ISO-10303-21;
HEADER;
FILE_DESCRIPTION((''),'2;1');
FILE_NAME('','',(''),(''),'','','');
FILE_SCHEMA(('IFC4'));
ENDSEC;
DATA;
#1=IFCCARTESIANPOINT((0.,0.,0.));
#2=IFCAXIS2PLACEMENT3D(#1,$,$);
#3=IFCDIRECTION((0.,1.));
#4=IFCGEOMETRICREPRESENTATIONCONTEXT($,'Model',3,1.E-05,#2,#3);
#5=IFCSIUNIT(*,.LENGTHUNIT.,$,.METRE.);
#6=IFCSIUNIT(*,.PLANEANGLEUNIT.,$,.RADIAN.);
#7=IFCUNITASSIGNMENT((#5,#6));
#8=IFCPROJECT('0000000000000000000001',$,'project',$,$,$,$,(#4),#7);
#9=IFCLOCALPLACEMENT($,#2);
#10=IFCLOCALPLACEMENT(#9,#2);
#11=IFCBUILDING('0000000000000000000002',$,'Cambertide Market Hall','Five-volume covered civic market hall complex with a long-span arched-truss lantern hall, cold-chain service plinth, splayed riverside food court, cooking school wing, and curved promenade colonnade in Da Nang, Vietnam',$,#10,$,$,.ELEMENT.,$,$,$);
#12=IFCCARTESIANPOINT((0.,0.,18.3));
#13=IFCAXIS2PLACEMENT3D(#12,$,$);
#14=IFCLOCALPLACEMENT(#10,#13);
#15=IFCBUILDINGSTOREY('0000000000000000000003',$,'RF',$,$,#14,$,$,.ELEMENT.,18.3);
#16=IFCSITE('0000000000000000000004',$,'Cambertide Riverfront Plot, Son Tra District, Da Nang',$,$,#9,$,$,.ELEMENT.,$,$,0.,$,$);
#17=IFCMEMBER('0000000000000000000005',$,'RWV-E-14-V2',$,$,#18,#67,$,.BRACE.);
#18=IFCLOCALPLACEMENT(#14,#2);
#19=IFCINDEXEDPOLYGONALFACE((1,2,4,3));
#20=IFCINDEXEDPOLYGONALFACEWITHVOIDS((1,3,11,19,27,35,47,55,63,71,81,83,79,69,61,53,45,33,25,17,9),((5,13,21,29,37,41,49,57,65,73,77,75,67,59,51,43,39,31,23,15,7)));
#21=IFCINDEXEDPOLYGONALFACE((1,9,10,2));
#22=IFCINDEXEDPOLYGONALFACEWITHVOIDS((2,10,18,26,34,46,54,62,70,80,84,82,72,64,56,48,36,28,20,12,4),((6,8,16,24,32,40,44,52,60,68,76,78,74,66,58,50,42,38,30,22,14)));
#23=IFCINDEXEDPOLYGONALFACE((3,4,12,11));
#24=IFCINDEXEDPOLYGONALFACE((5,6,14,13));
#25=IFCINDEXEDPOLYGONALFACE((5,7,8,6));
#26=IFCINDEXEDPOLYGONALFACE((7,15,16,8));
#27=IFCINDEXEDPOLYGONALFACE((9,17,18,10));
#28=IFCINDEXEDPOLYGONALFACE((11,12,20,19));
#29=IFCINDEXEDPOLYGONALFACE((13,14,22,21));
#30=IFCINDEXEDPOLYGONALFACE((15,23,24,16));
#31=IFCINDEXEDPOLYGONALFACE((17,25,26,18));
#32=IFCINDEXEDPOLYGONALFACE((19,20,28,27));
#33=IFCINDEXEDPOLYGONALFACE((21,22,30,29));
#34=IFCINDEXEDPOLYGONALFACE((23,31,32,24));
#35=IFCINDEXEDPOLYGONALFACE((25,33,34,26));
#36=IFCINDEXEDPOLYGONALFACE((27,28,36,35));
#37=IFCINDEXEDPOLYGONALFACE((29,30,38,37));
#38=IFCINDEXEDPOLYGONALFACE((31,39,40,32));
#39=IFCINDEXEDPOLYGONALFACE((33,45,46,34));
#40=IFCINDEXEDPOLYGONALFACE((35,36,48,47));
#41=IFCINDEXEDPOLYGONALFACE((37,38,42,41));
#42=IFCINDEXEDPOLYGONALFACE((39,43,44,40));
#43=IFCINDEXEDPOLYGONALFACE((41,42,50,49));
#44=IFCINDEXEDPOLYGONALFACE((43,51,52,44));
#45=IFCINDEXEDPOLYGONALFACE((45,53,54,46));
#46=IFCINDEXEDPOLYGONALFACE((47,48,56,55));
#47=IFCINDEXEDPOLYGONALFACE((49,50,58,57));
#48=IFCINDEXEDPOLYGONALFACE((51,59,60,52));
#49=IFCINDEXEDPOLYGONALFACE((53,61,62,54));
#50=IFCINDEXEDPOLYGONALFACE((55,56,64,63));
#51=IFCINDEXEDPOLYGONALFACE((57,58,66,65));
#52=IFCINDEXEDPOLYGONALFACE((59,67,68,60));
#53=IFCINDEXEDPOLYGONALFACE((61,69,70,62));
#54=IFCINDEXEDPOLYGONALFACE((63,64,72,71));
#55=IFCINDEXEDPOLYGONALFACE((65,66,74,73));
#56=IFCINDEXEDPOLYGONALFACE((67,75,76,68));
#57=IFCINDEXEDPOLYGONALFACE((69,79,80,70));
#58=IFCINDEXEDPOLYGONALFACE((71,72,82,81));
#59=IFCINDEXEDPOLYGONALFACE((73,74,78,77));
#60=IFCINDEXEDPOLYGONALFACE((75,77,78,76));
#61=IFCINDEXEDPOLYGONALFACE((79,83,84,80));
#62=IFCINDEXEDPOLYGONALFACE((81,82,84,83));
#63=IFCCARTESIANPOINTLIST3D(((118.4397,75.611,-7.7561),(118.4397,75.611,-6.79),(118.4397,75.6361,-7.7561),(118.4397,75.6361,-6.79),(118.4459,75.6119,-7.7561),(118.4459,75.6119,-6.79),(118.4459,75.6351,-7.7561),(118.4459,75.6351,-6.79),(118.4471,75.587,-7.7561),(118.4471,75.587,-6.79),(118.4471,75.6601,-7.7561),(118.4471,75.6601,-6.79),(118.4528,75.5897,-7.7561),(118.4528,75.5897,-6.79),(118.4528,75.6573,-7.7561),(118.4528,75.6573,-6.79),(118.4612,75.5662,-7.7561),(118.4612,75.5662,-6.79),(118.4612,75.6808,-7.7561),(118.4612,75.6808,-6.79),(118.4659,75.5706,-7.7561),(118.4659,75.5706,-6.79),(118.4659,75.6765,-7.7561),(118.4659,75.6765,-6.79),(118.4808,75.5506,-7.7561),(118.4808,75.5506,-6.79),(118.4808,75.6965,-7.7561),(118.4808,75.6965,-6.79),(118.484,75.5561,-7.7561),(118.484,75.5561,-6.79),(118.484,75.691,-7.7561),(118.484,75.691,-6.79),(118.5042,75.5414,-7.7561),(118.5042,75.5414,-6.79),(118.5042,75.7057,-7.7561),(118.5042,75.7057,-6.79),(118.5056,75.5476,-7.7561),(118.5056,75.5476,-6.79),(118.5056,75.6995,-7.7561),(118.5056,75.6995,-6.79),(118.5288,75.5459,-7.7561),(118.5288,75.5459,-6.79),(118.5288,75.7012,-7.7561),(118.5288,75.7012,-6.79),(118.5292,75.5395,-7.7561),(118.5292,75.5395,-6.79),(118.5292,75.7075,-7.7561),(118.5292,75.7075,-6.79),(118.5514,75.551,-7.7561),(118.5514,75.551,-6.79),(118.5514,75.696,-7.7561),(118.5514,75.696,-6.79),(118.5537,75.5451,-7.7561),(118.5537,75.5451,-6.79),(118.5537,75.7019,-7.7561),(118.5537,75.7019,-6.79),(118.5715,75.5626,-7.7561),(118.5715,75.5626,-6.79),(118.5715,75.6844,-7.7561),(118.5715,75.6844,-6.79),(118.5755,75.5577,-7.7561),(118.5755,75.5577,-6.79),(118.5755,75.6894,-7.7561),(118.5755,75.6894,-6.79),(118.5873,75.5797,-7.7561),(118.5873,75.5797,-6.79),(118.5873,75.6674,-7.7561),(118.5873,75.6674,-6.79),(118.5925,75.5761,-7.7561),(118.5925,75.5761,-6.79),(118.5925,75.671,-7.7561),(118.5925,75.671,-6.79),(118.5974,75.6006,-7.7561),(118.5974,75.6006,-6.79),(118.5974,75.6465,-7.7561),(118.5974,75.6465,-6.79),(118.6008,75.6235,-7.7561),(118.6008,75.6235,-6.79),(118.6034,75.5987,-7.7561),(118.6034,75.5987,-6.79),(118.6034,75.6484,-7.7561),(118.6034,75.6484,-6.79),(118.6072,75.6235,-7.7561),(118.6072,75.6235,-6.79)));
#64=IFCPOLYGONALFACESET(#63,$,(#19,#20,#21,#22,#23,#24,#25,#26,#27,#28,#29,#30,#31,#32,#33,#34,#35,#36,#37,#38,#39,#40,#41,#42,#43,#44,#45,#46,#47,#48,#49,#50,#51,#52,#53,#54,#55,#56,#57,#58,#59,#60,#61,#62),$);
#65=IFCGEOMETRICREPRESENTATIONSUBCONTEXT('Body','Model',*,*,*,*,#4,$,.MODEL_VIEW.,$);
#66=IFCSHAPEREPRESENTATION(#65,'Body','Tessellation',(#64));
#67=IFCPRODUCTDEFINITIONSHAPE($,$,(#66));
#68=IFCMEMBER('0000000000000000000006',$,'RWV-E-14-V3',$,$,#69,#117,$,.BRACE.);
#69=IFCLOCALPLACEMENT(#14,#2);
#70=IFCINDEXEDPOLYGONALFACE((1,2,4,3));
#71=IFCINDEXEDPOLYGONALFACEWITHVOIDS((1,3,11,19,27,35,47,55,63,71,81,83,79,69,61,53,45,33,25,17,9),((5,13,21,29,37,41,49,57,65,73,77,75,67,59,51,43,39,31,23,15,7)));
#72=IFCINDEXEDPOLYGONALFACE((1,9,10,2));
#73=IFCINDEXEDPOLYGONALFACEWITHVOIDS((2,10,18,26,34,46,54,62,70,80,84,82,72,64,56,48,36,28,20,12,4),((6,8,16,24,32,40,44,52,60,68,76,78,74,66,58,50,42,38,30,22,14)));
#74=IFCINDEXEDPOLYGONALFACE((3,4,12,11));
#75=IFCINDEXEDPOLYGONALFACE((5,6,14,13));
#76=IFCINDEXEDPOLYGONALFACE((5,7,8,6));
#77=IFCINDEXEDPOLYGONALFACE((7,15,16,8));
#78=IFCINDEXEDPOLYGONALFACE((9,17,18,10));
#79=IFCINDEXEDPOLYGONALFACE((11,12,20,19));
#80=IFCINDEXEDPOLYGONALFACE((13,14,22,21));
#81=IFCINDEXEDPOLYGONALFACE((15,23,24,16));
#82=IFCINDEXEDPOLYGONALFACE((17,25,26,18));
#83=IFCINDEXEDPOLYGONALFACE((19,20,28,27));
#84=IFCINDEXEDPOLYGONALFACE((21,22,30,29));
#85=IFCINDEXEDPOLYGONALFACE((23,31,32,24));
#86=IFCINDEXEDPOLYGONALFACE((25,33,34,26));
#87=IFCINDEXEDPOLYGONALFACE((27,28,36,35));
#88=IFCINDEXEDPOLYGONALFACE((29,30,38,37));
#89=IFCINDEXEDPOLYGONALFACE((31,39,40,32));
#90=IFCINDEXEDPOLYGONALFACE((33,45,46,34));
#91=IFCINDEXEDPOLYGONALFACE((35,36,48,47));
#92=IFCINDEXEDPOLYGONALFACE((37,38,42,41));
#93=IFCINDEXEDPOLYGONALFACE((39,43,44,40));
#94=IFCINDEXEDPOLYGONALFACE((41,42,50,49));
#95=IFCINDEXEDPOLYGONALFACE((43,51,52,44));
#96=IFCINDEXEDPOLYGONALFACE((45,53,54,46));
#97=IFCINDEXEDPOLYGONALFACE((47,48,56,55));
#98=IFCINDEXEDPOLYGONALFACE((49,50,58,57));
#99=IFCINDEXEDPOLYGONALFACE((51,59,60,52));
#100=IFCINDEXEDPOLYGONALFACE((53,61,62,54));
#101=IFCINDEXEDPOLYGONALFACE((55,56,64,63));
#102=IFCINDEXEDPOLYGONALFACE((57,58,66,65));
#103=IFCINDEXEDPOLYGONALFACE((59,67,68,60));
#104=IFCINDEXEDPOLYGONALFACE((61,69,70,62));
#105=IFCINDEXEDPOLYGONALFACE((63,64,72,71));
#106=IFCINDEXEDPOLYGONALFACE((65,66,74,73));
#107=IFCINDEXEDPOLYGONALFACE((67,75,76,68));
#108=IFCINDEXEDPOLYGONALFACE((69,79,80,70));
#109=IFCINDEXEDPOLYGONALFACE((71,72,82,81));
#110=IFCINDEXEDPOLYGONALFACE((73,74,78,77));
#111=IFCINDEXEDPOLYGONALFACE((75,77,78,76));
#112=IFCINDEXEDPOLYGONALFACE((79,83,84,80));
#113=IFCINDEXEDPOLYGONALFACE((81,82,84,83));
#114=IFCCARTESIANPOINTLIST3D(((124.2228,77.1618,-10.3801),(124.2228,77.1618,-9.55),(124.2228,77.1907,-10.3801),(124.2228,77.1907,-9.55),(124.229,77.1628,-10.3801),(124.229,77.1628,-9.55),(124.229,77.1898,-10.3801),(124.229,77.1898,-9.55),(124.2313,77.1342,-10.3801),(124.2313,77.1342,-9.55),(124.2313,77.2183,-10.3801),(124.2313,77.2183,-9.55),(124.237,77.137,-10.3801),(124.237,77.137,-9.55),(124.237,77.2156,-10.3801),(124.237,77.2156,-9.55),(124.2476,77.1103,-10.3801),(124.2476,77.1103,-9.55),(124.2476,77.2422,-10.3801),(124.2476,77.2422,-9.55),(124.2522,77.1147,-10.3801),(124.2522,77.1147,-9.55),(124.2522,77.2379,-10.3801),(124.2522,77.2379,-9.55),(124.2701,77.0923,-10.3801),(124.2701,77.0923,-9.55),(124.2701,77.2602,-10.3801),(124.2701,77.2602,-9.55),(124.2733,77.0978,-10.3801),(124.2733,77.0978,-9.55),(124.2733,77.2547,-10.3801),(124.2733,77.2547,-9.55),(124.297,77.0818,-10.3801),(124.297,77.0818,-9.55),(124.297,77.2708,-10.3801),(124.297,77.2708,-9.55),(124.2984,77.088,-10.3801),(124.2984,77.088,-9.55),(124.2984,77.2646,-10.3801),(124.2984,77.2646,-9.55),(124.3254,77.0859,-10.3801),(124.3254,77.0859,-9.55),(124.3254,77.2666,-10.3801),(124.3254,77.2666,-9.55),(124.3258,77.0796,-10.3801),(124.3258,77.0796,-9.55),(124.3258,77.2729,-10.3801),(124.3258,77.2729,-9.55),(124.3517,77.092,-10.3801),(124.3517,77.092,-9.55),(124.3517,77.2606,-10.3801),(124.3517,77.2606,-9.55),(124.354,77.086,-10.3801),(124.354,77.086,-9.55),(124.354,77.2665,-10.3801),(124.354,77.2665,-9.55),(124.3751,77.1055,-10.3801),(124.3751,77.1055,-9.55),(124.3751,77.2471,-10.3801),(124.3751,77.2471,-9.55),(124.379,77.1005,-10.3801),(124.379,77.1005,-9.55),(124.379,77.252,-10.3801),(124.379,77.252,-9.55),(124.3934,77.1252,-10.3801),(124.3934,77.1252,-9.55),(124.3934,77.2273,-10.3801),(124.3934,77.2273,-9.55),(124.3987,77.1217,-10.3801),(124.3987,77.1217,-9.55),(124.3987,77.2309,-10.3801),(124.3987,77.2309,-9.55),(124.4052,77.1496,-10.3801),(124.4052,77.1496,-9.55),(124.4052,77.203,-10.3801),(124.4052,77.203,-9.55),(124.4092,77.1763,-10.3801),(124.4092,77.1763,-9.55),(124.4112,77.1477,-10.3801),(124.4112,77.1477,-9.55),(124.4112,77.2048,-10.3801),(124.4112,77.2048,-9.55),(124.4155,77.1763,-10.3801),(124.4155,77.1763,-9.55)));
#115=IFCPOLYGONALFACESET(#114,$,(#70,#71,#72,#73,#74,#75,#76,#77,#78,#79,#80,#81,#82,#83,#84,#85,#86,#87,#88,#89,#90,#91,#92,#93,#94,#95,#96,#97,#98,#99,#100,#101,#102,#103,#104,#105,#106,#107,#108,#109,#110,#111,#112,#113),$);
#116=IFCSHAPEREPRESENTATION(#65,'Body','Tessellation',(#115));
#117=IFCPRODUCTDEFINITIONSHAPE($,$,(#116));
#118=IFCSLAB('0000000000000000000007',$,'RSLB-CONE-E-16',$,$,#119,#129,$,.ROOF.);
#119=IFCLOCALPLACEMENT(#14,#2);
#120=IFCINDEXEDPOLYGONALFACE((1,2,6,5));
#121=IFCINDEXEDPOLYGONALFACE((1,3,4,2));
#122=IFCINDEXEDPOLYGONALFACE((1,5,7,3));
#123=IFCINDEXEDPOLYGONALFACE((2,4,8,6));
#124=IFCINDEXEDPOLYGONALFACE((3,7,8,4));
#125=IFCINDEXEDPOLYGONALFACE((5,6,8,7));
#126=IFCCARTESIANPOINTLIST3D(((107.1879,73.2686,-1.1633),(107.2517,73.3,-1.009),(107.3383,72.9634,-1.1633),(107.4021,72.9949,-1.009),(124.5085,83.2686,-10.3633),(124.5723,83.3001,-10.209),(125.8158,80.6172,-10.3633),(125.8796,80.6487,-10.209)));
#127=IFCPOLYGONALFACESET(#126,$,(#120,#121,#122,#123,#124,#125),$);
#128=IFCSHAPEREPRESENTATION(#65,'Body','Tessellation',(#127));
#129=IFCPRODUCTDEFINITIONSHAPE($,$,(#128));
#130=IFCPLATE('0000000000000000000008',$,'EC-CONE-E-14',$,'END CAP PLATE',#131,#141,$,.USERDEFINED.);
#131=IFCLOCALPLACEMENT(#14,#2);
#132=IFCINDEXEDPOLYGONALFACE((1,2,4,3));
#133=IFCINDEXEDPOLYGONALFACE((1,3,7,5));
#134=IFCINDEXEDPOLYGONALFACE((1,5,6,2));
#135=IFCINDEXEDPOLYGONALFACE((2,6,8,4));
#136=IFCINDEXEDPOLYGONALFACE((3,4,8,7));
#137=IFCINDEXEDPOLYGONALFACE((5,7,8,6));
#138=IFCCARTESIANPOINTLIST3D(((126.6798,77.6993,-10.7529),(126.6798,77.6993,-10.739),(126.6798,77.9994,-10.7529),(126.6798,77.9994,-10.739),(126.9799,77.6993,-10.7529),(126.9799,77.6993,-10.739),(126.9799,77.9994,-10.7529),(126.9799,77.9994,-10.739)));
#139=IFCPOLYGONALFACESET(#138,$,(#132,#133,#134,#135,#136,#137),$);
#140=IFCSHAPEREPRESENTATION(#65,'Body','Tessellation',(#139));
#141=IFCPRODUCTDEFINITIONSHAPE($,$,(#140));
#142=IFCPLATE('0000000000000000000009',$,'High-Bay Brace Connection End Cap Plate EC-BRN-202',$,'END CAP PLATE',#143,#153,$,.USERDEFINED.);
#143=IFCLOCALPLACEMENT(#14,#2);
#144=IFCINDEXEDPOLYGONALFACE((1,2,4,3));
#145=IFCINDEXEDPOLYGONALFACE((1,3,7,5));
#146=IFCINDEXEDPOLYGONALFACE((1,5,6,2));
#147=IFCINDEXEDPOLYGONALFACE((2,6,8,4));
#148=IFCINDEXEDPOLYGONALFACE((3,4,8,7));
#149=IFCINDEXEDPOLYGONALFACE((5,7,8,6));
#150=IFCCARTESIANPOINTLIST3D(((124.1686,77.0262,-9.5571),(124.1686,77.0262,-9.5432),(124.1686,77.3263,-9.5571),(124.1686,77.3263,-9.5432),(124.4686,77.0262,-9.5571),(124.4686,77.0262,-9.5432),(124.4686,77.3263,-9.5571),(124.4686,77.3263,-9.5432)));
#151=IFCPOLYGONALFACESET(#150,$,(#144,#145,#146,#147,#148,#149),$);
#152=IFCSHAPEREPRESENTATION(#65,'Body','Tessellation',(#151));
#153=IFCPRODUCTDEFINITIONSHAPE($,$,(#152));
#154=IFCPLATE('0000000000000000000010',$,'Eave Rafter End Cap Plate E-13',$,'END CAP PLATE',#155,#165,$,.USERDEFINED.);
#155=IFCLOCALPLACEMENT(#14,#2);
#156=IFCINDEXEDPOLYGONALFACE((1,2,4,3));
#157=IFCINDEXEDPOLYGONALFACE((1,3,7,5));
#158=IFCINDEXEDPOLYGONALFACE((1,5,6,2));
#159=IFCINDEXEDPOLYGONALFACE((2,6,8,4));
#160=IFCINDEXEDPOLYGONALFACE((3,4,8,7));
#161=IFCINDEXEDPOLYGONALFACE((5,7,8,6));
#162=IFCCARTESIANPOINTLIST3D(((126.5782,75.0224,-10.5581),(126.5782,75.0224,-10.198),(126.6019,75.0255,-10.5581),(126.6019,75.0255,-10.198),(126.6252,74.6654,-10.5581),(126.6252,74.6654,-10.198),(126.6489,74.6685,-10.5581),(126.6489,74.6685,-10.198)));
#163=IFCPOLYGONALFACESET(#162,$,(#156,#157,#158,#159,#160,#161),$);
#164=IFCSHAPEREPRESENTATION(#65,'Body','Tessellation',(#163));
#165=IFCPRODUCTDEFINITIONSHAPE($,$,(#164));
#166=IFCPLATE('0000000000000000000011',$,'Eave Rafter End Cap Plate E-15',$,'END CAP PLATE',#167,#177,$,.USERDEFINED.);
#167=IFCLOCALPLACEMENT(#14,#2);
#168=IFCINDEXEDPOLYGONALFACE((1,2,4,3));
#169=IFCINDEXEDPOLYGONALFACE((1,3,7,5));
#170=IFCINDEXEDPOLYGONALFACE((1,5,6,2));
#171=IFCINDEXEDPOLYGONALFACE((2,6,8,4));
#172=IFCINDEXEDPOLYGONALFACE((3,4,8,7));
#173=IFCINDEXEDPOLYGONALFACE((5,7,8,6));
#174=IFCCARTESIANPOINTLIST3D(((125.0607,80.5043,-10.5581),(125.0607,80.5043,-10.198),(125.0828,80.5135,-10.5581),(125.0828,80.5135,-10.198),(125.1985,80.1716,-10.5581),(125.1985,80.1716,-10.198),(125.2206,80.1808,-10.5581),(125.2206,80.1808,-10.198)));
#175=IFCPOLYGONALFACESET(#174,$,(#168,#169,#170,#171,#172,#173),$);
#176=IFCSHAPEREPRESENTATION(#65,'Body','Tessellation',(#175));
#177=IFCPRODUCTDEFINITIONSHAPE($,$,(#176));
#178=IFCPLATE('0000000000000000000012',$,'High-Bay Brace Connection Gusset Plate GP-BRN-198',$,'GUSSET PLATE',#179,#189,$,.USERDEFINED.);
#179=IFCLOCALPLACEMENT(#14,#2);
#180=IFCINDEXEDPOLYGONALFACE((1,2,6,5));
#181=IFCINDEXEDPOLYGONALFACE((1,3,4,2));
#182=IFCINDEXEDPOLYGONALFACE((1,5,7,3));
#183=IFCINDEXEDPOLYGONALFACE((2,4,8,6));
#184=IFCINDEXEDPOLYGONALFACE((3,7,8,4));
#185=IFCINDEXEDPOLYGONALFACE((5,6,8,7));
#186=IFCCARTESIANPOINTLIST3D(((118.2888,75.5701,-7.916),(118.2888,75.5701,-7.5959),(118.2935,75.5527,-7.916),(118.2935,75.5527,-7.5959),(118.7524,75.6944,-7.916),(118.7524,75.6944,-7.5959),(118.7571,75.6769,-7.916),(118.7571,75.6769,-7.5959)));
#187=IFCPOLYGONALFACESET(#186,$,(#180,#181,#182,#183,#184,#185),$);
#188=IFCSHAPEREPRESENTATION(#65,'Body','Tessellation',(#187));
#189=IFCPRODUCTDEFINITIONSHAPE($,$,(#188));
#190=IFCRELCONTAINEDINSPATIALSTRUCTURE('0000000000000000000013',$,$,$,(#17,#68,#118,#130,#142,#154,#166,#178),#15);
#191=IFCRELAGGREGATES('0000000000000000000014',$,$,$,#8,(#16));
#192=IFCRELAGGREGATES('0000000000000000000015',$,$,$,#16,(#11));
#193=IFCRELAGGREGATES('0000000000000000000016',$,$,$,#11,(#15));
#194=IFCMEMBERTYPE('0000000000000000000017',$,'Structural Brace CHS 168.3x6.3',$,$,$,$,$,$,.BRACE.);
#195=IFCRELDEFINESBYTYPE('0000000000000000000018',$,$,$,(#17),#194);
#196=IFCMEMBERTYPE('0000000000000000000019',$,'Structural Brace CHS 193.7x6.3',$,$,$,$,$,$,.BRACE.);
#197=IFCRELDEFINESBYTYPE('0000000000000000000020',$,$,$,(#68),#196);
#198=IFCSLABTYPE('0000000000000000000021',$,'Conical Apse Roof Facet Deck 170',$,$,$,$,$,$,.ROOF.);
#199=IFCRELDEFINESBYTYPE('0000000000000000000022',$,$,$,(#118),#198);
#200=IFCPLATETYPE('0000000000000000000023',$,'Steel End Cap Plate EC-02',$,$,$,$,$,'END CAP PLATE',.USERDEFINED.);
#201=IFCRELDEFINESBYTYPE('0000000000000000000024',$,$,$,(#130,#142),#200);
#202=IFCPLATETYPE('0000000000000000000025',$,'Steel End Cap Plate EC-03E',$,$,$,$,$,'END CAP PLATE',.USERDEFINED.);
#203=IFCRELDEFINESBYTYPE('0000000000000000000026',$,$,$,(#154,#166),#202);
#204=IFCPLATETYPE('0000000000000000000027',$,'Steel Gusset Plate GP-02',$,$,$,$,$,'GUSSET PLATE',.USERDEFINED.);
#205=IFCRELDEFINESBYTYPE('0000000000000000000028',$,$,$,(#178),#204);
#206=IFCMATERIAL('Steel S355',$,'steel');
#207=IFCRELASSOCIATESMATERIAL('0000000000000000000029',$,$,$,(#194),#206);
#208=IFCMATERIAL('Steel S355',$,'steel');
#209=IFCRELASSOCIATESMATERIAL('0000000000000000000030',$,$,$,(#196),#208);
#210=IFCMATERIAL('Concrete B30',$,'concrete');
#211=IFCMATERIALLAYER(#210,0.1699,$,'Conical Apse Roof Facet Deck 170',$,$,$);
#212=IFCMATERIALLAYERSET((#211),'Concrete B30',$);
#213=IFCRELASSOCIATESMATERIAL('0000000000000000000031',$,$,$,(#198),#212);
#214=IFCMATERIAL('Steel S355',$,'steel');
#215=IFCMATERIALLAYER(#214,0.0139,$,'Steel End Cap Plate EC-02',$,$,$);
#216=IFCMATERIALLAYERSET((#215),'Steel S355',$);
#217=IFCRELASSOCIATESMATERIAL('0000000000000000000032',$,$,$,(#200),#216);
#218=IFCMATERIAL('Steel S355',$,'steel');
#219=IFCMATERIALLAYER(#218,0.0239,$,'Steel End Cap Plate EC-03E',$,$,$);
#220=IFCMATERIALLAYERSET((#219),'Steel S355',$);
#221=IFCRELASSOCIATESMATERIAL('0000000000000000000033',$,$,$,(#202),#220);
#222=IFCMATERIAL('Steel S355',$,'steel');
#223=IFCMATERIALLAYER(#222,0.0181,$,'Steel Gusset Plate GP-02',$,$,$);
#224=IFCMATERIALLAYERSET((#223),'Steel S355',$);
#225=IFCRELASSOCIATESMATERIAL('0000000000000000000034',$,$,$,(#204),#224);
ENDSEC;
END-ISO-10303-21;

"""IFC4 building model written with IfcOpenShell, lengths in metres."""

from ifc_helpers import new_model, si_unit, direction, frame, origin, origin_2d, place, context, subcontext, project, spatial, polyline, rectangle, hollow_circle, outline, extrude, material, layer, layer_set, material_profile, profile_set, type_object, element, save


model = new_model("IFC4")

# Units and contexts
model_context = context("Model", 3, precision=1e-05, world=origin(), true_north=direction((0.0, 1.0)))
body_context = subcontext(model_context, "Body", "Model", "MODEL_VIEW")
ifc_project = project(units=[si_unit("LENGTHUNIT", "METRE"), si_unit("PLANEANGLEUNIT", "RADIAN")], contexts=[model_context])

# Site, building, storey
site_placement = place(None, origin())
site = spatial("IfcSite", under=ifc_project, at=site_placement, Name="Cambertide Riverfront Plot, Son Tra District, Da Nang", CompositionType="ELEMENT", RefElevation=0.0)
building_placement = place(site_placement, origin())
building = spatial("IfcBuilding", under=site, at=building_placement, Name="Cambertide Market Hall", Description="Five-volume covered civic market hall complex with a long-span arched-truss lantern hall, cold-chain service plinth, splayed riverside food court, cooking school wing, and curved promenade colonnade in Da Nang, Vietnam", CompositionType="ELEMENT")
storey_placement = place(building_placement, frame((0.0, 0.0, 18.3)))
storey = spatial("IfcBuildingStorey", under=building, at=storey_placement, Name="RF", CompositionType="ELEMENT", Elevation=18.3)

# Members
ifc_material_1 = material(Name="Steel S355", Category="steel")
ifc_material_profile_1 = material_profile(ifc_material_1, hollow_circle(Radius=0.0842, WallThickness=0.0063, at=origin_2d()), Name="CHS 168.3x6.3")
ifc_profile_set_1 = profile_set([ifc_material_profile_1], Name="Steel S355")
member_type_1 = type_object("IfcMemberType", Name="Structural Brace CHS 168.3x6.3", PredefinedType="BRACE", material=ifc_profile_set_1)
member_1_placement = place(storey_placement, frame((118.5229, 75.6235, -7.7561), z_axis=(0.0, 0.0, 1.0), x_axis=(1.0, 0.0, 0.0)))
element("IfcMember", 1, at=member_1_placement, inside=storey, type_object=member_type_1, Name="RWV-E-14-V2", PredefinedType="BRACE", context=body_context, shape_type="SweptSolid", body=[
    extrude(hollow_circle(Radius=0.0842, WallThickness=0.0063, at=origin_2d()), origin(), (0.0, 0.0, 1.0), 0.9661),
])
ifc_material_2 = material(Name="Steel S355", Category="steel")
ifc_material_profile_2 = material_profile(ifc_material_2, hollow_circle(Radius=0.0969, WallThickness=0.0063, at=origin_2d()), Name="CHS 193.7x6.3")
ifc_profile_set_2 = profile_set([ifc_material_profile_2], Name="Steel S355")
member_type_2 = type_object("IfcMemberType", Name="Structural Brace CHS 193.7x6.3", PredefinedType="BRACE", material=ifc_profile_set_2)
member_2_placement = place(storey_placement, frame((124.3186, 77.1763, -10.3801), z_axis=(0.0, 0.0, 1.0), x_axis=(1.0, 0.0, 0.0)))
element("IfcMember", 2, at=member_2_placement, inside=storey, type_object=member_type_2, Name="RWV-E-14-V3", PredefinedType="BRACE", context=body_context, shape_type="SweptSolid", body=[
    extrude(hollow_circle(Radius=0.0969, WallThickness=0.0063, at=origin_2d()), origin(), (0.0, 0.0, 1.0), 0.8301),
])

# Slab
ifc_material_3 = material(Name="Concrete B30", Category="concrete")
ifc_layer_1 = layer(ifc_material_3, 0.1699, Name="Conical Apse Roof Facet Deck 170")
ifc_layer_set_1 = layer_set([ifc_layer_1], Name="Concrete B30")
slab_type = type_object("IfcSlabType", Name="Conical Apse Roof Facet Deck 170", PredefinedType="ROOF", material=ifc_layer_set_1)
slab_1_placement = place(storey_placement, frame((125.8796, 80.6487, -10.209), z_axis=(0.375482, 0.185136, 0.908151), x_axis=(-0.442248, 0.896893, 0.000009)))
element("IfcSlab", 3, at=slab_1_placement, inside=storey, type_object=slab_type, Name="RSLB-CONE-E-16", PredefinedType="ROOF", context=body_context, shape_type="SweptSolid", body=[
    extrude(outline(polyline([(0.0, 0.0), (2.9562, 0.0), (1.6473, 21.9756), (1.3071, 21.9757), (0.0, 0.0)])), origin(), (0.0, 0.0, -1.0), 0.1699),
])

# Plates
ifc_material_4 = material(Name="Steel S355", Category="steel")
ifc_layer_2 = layer(ifc_material_4, 0.0139, Name="Steel End Cap Plate EC-02")
ifc_layer_set_2 = layer_set([ifc_layer_2], Name="Steel S355")
plate_type_1 = type_object("IfcPlateType", Name="Steel End Cap Plate EC-02", ElementType="END CAP PLATE", PredefinedType="USERDEFINED", material=ifc_layer_set_2)
for number, where, z_axis, x_axis, name in (
    (4, (126.8298, 77.8494, -10.7529), (0.0, 0.0, 1.0), (1.0, 0.0, 0.0), "EC-CONE-E-14"),
    (5, (124.3186, 77.1763, -9.5571), (0.0, 0.0, 1.0), (1.0, 0.0, 0.0), "High-Bay Brace Connection End Cap Plate EC-BRN-202"),
):
    element("IfcPlate", number, at=place(storey_placement, frame(where, z_axis=z_axis, x_axis=x_axis)), inside=storey, type_object=plate_type_1, Name=name, ObjectType="END CAP PLATE", PredefinedType="USERDEFINED", context=body_context, shape_type="SweptSolid", body=[
        extrude(rectangle(XDim=0.3, YDim=0.3, at=origin_2d()), origin(), (0.0, 0.0, 1.0), 0.0139),
    ])
ifc_material_5 = material(Name="Steel S355", Category="steel")
ifc_layer_3 = layer(ifc_material_5, 0.0239, Name="Steel End Cap Plate EC-03E")
ifc_layer_set_3 = layer_set([ifc_layer_3], Name="Steel S355")
plate_type_2 = type_object("IfcPlateType", Name="Steel End Cap Plate EC-03E", ElementType="END CAP PLATE", PredefinedType="USERDEFINED", material=ifc_layer_set_3)
for number, where, z_axis, x_axis, name in (
    (6, (126.6135, 74.8455, -10.5581), (0.0, 0.0, 1.0), (0.991445, 0.130526, 0.0), "Eave Rafter End Cap Plate E-13"),
    (7, (125.1406, 80.3425, -10.5581), (0.0, 0.0, 1.0), (0.92388, 0.382683, 0.0), "Eave Rafter End Cap Plate E-15"),
):
    element("IfcPlate", number, at=place(storey_placement, frame(where, z_axis=z_axis, x_axis=x_axis)), inside=storey, type_object=plate_type_2, Name=name, ObjectType="END CAP PLATE", PredefinedType="USERDEFINED", context=body_context, shape_type="SweptSolid", body=[
        extrude(rectangle(XDim=0.0239, YDim=0.3601, at=origin_2d()), origin(), (0.0, 0.0, 1.0), 0.3601),
    ])
ifc_material_6 = material(Name="Steel S355", Category="steel")
ifc_layer_4 = layer(ifc_material_6, 0.0181, Name="Steel Gusset Plate GP-02")
ifc_layer_set_4 = layer_set([ifc_layer_4], Name="Steel S355")
plate_type_3 = type_object("IfcPlateType", Name="Steel Gusset Plate GP-02", ElementType="GUSSET PLATE", PredefinedType="USERDEFINED", material=ifc_layer_set_4)
for number, where, z_axis, x_axis, name in (
    (8, (118.5229, 75.6235, -7.916), (0.0, 0.0, 1.0), (-0.965926, -0.258819, 0.0), "High-Bay Brace Connection Gusset Plate GP-BRN-198"),
):
    element("IfcPlate", number, at=place(storey_placement, frame(where, z_axis=z_axis, x_axis=x_axis)), inside=storey, type_object=plate_type_3, Name=name, ObjectType="GUSSET PLATE", PredefinedType="USERDEFINED", context=body_context, shape_type="SweptSolid", body=[
        extrude(rectangle(XDim=0.48, YDim=0.0181, at=origin_2d()), origin(), (0.0, 0.0, 1.0), 0.3201),
    ])

save(model, "model.ifc")
